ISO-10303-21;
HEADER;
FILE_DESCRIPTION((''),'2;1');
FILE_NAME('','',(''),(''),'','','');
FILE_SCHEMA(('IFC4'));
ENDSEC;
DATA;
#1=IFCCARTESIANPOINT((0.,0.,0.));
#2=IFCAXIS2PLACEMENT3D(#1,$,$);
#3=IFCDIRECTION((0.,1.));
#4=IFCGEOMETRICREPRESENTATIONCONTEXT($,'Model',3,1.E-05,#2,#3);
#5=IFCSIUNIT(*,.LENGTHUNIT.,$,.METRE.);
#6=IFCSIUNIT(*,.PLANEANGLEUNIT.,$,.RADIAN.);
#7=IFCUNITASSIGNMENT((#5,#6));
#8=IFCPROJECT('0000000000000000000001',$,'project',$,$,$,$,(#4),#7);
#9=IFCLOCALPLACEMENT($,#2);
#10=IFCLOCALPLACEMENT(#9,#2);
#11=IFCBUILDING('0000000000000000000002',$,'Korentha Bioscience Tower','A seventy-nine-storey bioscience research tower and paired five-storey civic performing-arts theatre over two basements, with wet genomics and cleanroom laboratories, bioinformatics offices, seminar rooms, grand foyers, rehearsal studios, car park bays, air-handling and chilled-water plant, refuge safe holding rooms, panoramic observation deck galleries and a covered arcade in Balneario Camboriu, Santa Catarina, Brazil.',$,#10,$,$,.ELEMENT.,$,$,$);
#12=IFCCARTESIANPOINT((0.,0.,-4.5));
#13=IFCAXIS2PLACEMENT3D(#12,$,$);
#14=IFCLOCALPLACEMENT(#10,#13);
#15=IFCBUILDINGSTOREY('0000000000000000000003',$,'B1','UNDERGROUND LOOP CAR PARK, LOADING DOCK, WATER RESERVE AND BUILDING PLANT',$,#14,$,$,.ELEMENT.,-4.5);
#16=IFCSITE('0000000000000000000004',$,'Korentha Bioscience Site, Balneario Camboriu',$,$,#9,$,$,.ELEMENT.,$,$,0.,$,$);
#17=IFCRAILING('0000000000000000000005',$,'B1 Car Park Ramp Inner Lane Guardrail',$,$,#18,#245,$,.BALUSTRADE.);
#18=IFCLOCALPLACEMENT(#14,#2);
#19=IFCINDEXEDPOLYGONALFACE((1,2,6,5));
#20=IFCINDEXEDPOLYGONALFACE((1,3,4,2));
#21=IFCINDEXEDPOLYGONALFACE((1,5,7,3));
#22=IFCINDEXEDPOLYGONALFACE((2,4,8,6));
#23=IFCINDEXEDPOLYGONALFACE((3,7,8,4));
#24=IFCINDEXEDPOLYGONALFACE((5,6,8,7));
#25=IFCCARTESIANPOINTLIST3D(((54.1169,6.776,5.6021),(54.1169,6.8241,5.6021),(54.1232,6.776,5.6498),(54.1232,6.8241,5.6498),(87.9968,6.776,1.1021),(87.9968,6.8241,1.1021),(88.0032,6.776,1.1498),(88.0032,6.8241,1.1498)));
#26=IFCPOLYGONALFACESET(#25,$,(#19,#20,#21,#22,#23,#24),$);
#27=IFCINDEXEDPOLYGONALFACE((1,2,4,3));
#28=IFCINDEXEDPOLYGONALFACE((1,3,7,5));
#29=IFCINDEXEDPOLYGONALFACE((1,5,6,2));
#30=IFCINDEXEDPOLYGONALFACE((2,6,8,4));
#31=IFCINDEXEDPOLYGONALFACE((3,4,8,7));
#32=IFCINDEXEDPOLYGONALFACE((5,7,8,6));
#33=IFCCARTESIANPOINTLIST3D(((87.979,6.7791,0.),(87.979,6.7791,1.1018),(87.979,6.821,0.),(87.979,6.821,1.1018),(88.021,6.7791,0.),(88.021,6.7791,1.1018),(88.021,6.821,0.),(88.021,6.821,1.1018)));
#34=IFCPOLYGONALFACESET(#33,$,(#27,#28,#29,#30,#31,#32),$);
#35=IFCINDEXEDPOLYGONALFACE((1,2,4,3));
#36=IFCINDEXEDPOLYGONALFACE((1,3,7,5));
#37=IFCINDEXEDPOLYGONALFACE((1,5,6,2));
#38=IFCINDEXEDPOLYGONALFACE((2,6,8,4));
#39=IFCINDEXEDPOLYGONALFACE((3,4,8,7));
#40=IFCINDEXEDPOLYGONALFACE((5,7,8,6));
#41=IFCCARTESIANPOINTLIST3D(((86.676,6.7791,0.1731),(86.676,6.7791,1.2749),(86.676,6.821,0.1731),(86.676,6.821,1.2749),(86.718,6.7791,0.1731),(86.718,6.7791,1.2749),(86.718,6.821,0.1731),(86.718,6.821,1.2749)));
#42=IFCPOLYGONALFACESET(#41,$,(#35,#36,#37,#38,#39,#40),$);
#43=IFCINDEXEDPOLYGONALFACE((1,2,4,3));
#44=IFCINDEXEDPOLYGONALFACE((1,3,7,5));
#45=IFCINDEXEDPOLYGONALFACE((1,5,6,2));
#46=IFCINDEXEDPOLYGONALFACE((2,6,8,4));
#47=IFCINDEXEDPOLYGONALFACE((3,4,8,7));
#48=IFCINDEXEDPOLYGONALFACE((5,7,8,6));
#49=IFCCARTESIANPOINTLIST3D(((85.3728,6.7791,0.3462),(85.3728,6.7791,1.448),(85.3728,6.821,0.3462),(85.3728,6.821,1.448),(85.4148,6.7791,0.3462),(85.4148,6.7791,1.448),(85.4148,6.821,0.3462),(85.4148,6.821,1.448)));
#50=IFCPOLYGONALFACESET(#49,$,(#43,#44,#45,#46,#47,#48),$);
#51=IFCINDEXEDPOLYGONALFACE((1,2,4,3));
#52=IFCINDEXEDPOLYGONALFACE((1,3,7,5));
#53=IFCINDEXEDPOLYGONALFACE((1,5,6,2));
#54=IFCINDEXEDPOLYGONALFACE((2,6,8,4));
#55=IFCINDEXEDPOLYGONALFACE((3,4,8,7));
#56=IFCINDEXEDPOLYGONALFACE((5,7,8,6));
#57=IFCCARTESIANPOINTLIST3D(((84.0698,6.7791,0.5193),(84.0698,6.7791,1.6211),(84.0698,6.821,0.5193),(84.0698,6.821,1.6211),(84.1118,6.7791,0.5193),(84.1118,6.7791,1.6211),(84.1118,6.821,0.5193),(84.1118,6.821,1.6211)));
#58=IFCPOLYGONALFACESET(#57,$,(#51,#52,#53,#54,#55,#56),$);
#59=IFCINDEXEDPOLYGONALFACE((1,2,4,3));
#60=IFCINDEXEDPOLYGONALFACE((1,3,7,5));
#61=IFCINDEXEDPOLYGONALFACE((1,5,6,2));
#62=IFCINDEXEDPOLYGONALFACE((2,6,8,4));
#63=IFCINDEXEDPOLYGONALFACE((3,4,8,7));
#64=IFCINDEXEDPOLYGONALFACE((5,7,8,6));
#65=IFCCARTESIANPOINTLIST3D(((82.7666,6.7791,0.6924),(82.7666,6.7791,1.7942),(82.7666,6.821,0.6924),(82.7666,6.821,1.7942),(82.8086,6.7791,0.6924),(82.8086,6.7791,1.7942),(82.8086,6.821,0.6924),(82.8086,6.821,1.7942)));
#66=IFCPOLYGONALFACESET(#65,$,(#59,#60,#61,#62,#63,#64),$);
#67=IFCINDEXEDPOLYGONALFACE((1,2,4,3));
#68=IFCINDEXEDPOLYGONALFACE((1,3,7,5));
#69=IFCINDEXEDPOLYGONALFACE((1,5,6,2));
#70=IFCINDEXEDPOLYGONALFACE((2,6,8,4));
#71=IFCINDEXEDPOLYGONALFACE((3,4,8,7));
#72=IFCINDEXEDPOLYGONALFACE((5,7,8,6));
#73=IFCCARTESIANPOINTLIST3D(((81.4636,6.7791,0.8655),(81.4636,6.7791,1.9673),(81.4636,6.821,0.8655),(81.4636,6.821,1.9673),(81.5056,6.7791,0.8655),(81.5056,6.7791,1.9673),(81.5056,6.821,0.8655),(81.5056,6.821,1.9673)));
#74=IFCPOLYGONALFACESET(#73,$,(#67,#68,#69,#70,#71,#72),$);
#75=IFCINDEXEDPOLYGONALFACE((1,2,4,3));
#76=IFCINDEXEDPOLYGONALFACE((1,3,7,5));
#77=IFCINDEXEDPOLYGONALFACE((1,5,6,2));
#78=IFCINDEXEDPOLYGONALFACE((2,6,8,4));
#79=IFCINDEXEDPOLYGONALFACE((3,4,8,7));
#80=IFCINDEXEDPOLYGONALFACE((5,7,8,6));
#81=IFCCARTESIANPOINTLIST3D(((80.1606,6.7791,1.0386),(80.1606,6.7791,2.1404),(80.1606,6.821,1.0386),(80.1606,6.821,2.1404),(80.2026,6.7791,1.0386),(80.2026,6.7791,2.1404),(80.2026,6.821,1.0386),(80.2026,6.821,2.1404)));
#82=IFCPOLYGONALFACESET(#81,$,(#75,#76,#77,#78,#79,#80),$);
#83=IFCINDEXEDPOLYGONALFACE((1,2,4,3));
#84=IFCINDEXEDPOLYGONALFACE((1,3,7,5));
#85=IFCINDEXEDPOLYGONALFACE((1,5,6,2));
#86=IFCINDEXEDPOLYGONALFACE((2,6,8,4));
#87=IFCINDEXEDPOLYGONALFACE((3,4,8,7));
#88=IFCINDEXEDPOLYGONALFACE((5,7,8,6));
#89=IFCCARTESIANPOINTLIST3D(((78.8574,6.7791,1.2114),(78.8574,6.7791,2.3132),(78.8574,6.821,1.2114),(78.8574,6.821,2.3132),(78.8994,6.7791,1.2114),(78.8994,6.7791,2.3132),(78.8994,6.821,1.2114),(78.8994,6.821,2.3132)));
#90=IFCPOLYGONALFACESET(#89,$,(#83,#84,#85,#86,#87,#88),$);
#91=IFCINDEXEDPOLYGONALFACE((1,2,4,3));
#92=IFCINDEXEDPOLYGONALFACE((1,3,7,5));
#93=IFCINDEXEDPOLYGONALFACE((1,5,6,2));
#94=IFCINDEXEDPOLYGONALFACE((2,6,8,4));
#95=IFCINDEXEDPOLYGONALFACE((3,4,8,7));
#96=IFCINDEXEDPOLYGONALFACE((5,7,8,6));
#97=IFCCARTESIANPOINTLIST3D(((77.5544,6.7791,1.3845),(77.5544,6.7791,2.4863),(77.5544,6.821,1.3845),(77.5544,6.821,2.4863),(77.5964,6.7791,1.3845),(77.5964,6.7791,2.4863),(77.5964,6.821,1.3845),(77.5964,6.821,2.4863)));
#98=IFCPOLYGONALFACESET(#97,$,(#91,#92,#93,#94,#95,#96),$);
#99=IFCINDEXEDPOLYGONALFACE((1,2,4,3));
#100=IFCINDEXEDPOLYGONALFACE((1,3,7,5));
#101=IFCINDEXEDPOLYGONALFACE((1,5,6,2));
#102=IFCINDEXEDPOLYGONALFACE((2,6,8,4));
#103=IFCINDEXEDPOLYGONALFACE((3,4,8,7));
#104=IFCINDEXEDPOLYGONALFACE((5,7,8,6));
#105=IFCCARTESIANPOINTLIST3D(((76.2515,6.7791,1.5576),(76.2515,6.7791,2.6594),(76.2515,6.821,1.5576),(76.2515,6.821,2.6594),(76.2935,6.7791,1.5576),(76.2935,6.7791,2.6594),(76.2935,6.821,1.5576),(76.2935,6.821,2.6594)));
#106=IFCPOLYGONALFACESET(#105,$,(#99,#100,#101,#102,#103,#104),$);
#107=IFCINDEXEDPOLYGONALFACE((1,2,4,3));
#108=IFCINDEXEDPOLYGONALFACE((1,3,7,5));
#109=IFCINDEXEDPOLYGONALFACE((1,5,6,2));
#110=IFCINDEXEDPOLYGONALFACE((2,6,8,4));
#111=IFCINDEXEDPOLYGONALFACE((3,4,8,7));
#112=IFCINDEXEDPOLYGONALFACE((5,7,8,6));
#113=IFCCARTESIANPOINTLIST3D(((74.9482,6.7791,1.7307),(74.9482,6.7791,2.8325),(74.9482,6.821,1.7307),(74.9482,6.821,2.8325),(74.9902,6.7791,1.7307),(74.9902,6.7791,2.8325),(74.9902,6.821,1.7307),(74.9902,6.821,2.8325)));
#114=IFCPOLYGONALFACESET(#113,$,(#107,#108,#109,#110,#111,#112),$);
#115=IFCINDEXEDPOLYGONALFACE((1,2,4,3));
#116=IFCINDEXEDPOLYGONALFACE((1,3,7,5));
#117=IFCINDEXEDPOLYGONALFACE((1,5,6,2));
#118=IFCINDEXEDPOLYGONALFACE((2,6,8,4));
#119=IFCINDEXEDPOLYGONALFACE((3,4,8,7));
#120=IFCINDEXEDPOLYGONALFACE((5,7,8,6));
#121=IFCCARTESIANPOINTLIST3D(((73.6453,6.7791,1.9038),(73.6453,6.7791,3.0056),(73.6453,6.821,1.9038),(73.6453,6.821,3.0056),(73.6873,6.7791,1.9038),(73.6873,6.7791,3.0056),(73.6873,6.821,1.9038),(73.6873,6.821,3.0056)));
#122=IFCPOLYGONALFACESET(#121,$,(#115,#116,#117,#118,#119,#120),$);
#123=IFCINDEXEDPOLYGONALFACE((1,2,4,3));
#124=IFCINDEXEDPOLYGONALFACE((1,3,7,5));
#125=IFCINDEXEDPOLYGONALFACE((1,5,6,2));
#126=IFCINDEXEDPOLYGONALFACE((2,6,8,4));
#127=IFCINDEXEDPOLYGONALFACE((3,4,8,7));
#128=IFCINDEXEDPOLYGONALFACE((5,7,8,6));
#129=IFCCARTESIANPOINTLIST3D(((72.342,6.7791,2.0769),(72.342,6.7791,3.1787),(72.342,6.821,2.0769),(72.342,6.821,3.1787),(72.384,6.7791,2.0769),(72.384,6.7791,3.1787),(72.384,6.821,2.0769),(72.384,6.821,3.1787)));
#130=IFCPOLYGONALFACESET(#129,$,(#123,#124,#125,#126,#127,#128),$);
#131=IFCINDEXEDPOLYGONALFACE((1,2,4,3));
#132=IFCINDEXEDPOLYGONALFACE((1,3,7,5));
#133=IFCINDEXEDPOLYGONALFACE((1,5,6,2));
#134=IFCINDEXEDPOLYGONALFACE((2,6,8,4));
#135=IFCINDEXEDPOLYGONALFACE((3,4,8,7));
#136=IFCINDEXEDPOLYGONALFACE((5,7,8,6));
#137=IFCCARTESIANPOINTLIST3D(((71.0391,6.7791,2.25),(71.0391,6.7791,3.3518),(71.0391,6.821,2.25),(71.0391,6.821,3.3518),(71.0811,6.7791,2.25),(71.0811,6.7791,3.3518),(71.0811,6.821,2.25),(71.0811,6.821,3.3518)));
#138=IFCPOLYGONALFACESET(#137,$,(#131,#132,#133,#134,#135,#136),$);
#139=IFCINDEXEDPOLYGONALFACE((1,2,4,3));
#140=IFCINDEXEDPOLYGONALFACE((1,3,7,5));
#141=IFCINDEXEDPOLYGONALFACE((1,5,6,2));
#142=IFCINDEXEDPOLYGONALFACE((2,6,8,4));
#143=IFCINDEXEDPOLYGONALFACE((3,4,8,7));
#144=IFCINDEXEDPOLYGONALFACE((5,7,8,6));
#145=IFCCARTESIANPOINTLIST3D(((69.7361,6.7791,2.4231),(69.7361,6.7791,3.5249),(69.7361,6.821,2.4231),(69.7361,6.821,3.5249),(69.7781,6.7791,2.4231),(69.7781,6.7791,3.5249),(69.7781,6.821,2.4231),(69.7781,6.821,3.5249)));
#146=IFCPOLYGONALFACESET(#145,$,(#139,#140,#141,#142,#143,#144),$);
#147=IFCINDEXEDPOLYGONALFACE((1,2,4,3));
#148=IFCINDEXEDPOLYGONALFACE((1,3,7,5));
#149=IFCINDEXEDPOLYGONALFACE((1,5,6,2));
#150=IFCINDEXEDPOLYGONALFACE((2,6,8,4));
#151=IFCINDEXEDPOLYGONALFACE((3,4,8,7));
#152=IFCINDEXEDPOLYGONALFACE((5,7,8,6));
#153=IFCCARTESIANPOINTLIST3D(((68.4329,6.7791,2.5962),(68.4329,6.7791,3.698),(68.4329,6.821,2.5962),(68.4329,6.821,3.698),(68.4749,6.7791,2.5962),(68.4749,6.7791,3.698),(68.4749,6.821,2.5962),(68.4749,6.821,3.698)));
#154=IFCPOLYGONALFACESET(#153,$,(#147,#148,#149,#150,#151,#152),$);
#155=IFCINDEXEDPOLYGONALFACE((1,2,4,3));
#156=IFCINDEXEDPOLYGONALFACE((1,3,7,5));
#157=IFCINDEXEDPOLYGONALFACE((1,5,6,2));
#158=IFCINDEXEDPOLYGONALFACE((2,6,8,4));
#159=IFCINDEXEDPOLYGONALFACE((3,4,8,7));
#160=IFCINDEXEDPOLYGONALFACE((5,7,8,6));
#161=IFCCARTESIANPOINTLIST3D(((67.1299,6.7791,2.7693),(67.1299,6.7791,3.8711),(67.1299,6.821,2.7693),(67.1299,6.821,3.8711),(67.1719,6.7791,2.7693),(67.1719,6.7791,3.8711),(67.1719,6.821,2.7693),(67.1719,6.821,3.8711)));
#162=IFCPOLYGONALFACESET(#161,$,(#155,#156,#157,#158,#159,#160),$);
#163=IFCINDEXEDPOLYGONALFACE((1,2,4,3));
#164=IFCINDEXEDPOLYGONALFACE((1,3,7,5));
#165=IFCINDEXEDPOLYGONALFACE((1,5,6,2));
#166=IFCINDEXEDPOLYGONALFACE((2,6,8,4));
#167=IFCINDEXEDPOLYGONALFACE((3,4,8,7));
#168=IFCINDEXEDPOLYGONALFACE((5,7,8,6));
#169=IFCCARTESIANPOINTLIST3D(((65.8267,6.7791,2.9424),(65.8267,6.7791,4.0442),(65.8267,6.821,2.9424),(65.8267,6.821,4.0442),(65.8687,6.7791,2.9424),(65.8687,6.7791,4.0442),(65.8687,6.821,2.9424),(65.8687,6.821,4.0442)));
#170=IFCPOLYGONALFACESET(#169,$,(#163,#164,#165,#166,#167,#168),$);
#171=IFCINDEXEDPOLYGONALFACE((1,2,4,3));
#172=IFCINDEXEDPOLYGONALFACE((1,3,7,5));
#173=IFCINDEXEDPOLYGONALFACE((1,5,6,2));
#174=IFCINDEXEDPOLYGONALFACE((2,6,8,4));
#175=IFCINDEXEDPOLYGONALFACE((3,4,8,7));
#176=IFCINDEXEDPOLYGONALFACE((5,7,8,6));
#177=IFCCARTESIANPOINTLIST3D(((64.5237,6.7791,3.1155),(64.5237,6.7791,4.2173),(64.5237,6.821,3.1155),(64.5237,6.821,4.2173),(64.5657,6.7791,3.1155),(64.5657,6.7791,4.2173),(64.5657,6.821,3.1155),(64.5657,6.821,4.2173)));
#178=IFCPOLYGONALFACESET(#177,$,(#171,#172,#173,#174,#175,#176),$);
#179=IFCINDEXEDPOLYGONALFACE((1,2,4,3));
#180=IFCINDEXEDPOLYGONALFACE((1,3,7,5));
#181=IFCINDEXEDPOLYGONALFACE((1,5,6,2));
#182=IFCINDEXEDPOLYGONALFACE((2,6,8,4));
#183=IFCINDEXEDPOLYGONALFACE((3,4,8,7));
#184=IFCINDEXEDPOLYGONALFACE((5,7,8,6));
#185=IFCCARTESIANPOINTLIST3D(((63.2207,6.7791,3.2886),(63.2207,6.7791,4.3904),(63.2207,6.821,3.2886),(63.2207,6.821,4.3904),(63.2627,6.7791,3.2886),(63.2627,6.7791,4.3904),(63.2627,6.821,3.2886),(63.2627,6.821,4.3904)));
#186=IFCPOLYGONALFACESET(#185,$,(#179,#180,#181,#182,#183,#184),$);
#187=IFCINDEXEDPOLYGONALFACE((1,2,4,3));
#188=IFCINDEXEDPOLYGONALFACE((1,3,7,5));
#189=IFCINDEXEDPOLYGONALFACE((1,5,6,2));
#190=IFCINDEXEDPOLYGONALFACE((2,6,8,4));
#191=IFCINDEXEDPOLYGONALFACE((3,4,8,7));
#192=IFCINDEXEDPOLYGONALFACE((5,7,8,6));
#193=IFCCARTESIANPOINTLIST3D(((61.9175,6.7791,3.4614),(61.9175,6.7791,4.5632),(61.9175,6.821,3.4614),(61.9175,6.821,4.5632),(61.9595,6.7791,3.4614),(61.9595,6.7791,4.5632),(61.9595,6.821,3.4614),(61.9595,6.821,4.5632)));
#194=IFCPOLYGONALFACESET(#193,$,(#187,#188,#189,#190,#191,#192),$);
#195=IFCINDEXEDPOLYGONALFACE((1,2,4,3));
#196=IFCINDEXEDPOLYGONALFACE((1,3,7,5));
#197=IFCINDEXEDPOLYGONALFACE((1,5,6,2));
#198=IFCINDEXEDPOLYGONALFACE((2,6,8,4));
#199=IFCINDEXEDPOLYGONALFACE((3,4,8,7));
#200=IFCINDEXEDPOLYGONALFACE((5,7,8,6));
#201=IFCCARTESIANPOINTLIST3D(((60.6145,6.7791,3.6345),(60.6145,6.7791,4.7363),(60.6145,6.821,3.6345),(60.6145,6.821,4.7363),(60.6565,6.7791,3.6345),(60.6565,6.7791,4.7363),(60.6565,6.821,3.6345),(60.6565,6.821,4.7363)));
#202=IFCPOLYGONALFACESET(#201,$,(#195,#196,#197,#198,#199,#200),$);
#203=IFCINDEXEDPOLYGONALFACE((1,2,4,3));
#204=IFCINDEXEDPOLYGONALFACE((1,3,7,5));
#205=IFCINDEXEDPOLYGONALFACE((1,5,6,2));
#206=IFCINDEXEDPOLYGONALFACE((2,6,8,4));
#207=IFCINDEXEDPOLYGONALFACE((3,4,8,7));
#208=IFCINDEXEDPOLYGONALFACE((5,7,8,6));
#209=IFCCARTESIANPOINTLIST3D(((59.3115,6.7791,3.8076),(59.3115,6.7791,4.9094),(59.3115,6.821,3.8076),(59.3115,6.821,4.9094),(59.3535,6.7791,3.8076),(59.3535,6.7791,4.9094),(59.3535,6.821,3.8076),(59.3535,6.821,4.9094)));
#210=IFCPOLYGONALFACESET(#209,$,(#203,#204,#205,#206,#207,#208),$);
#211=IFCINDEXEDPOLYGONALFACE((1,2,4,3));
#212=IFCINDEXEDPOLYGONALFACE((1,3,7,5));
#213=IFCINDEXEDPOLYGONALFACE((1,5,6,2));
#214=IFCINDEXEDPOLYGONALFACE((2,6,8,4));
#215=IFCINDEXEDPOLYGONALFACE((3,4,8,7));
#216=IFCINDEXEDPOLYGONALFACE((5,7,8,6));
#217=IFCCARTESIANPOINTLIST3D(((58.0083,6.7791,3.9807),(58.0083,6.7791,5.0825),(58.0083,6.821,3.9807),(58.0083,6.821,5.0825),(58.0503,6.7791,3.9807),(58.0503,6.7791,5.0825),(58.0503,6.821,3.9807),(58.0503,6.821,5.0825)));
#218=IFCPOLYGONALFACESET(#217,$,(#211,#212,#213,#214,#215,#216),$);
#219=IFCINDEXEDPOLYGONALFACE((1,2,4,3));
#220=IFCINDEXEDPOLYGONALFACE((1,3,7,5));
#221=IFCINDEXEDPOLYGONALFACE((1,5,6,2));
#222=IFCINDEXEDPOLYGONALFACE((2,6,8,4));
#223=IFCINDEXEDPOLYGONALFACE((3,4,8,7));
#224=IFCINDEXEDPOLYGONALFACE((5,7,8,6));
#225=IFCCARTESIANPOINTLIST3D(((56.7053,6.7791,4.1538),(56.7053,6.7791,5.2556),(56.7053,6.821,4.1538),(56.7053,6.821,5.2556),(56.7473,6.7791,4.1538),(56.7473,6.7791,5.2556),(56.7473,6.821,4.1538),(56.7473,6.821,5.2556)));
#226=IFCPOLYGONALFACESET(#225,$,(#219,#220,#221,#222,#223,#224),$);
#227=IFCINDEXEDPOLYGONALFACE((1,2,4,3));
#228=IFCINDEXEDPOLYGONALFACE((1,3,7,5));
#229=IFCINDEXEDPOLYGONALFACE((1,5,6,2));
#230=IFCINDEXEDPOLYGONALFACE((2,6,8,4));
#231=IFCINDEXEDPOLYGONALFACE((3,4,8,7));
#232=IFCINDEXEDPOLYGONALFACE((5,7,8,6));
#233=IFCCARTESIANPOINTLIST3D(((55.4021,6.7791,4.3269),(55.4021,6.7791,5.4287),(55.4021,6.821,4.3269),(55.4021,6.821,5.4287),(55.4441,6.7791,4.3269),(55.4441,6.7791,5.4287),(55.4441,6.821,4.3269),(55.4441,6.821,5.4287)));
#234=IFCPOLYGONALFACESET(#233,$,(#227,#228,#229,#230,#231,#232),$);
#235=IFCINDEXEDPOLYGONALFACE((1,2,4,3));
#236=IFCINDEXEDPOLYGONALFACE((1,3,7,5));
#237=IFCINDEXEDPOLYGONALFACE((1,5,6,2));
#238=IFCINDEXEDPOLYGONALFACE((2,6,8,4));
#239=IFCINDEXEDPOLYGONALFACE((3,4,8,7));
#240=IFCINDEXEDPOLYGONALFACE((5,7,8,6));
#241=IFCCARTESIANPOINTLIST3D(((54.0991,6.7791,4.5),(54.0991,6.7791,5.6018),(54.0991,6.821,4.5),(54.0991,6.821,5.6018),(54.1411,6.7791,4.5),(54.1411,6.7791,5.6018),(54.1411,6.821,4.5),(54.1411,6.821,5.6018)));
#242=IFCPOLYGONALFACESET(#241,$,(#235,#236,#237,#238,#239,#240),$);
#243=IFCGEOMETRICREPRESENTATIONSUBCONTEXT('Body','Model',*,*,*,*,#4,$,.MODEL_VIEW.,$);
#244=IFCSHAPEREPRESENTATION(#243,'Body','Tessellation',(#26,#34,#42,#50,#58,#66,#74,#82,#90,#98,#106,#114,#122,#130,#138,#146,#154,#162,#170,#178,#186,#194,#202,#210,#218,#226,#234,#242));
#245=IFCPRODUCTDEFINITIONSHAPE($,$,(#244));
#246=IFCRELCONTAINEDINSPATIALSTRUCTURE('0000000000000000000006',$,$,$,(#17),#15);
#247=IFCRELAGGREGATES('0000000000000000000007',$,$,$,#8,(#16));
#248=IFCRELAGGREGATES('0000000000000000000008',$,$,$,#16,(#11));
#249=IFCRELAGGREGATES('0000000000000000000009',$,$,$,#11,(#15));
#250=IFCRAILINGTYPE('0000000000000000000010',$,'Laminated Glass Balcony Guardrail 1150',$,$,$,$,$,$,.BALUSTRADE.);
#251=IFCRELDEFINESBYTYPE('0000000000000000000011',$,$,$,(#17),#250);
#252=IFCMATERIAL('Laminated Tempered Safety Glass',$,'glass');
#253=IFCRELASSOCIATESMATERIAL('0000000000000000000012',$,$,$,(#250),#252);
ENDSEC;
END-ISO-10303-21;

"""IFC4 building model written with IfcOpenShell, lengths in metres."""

from ifc_helpers import new_model, si_unit, direction, frame, origin, origin_2d, place, context, subcontext, project, spatial, rectangle, extrude, material, type_object, element, save


model = new_model("IFC4")

# Units and contexts
model_context = context("Model", 3, precision=1e-05, world=origin(), true_north=direction((0.0, 1.0)))
body_context = subcontext(model_context, "Body", "Model", "MODEL_VIEW")
ifc_project = project(units=[si_unit("LENGTHUNIT", "METRE"), si_unit("PLANEANGLEUNIT", "RADIAN")], contexts=[model_context])

# Site, building, storey
site_placement = place(None, origin())
site = spatial("IfcSite", under=ifc_project, at=site_placement, Name="Korentha Bioscience Site, Balneario Camboriu", CompositionType="ELEMENT", RefElevation=0.0)
building_placement = place(site_placement, origin())
building = spatial("IfcBuilding", under=site, at=building_placement, Name="Korentha Bioscience Tower", Description="A seventy-nine-storey bioscience research tower and paired five-storey civic performing-arts theatre over two basements, with wet genomics and cleanroom laboratories, bioinformatics offices, seminar rooms, grand foyers, rehearsal studios, car park bays, air-handling and chilled-water plant, refuge safe holding rooms, panoramic observation deck galleries and a covered arcade in Balneario Camboriu, Santa Catarina, Brazil.", CompositionType="ELEMENT")
storey_placement = place(building_placement, frame((0.0, 0.0, -4.5)))
storey = spatial("IfcBuildingStorey", under=building, at=storey_placement, Name="B1", Description="UNDERGROUND LOOP CAR PARK, LOADING DOCK, WATER RESERVE AND BUILDING PLANT", CompositionType="ELEMENT", Elevation=-4.5)

# Railing
ifc_material_1 = material(Name="Laminated Tempered Safety Glass", Category="glass")
railing_type = type_object("IfcRailingType", Name="Laminated Glass Balcony Guardrail 1150", PredefinedType="BALUSTRADE", material=ifc_material_1)
railing_placement = place(storey_placement, frame((88.0, 6.8, 0.0)))
element("IfcRailing", 1, at=railing_placement, inside=storey, type_object=railing_type, Name="B1 Car Park Ramp Inner Lane Guardrail", PredefinedType="BALUSTRADE", context=body_context, shape_type="SweptSolid", body=[
    extrude(rectangle(XDim=0.0481, YDim=0.0481, at=origin_2d()), frame((0.0, 0.0, 1.126), z_axis=(-0.991294, 0.0, 0.131666), x_axis=(0.0, -1.0, 0.0)), (0.0, 0.0, 1.0), 34.1775),
    extrude(rectangle(XDim=0.042, YDim=0.042, at=origin_2d()), origin(), (0.0, 0.0, 1.0), 1.1018),
    extrude(rectangle(XDim=0.042, YDim=0.042, at=origin_2d()), frame((-1.303, 0.0, 0.1731)), (0.0, 0.0, 1.0), 1.1018),
    extrude(rectangle(XDim=0.042, YDim=0.042, at=origin_2d()), frame((-2.6062, 0.0, 0.3462)), (0.0, 0.0, 1.0), 1.1018),
    extrude(rectangle(XDim=0.042, YDim=0.042, at=origin_2d()), frame((-3.9092, 0.0, 0.5193)), (0.0, 0.0, 1.0), 1.1018),
    extrude(rectangle(XDim=0.042, YDim=0.042, at=origin_2d()), frame((-5.2124, 0.0, 0.6924)), (0.0, 0.0, 1.0), 1.1018),
    extrude(rectangle(XDim=0.042, YDim=0.042, at=origin_2d()), frame((-6.5154, 0.0, 0.8655)), (0.0, 0.0, 1.0), 1.1018),
    extrude(rectangle(XDim=0.042, YDim=0.042, at=origin_2d()), frame((-7.8184, 0.0, 1.0386)), (0.0, 0.0, 1.0), 1.1018),
    extrude(rectangle(XDim=0.042, YDim=0.042, at=origin_2d()), frame((-9.1216, 0.0, 1.2114)), (0.0, 0.0, 1.0), 1.1018),
    extrude(rectangle(XDim=0.042, YDim=0.042, at=origin_2d()), frame((-10.4246, 0.0, 1.3845)), (0.0, 0.0, 1.0), 1.1018),
    extrude(rectangle(XDim=0.042, YDim=0.042, at=origin_2d()), frame((-11.7275, 0.0, 1.5576)), (0.0, 0.0, 1.0), 1.1018),
    extrude(rectangle(XDim=0.042, YDim=0.042, at=origin_2d()), frame((-13.0308, 0.0, 1.7307)), (0.0, 0.0, 1.0), 1.1018),
    extrude(rectangle(XDim=0.042, YDim=0.042, at=origin_2d()), frame((-14.3337, 0.0, 1.9038)), (0.0, 0.0, 1.0), 1.1018),
    extrude(rectangle(XDim=0.042, YDim=0.042, at=origin_2d()), frame((-15.637, 0.0, 2.0769)), (0.0, 0.0, 1.0), 1.1018),
    extrude(rectangle(XDim=0.042, YDim=0.042, at=origin_2d()), frame((-16.9399, 0.0, 2.25)), (0.0, 0.0, 1.0), 1.1018),
    extrude(rectangle(XDim=0.042, YDim=0.042, at=origin_2d()), frame((-18.2429, 0.0, 2.4231)), (0.0, 0.0, 1.0), 1.1018),
    extrude(rectangle(XDim=0.042, YDim=0.042, at=origin_2d()), frame((-19.5461, 0.0, 2.5962)), (0.0, 0.0, 1.0), 1.1018),
    extrude(rectangle(XDim=0.042, YDim=0.042, at=origin_2d()), frame((-20.8491, 0.0, 2.7693)), (0.0, 0.0, 1.0), 1.1018),
    extrude(rectangle(XDim=0.042, YDim=0.042, at=origin_2d()), frame((-22.1523, 0.0, 2.9424)), (0.0, 0.0, 1.0), 1.1018),
    extrude(rectangle(XDim=0.042, YDim=0.042, at=origin_2d()), frame((-23.4553, 0.0, 3.1155)), (0.0, 0.0, 1.0), 1.1018),
    extrude(rectangle(XDim=0.042, YDim=0.042, at=origin_2d()), frame((-24.7583, 0.0, 3.2886)), (0.0, 0.0, 1.0), 1.1018),
    extrude(rectangle(XDim=0.042, YDim=0.042, at=origin_2d()), frame((-26.0615, 0.0, 3.4614)), (0.0, 0.0, 1.0), 1.1018),
    extrude(rectangle(XDim=0.042, YDim=0.042, at=origin_2d()), frame((-27.3645, 0.0, 3.6345)), (0.0, 0.0, 1.0), 1.1018),
    extrude(rectangle(XDim=0.042, YDim=0.042, at=origin_2d()), frame((-28.6675, 0.0, 3.8076)), (0.0, 0.0, 1.0), 1.1018),
    extrude(rectangle(XDim=0.042, YDim=0.042, at=origin_2d()), frame((-29.9707, 0.0, 3.9807)), (0.0, 0.0, 1.0), 1.1018),
    extrude(rectangle(XDim=0.042, YDim=0.042, at=origin_2d()), frame((-31.2737, 0.0, 4.1538)), (0.0, 0.0, 1.0), 1.1018),
    extrude(rectangle(XDim=0.042, YDim=0.042, at=origin_2d()), frame((-32.5769, 0.0, 4.3269)), (0.0, 0.0, 1.0), 1.1018),
    extrude(rectangle(XDim=0.042, YDim=0.042, at=origin_2d()), frame((-33.8799, 0.0, 4.5)), (0.0, 0.0, 1.0), 1.1018),
])

save(model, "model.ifc")
